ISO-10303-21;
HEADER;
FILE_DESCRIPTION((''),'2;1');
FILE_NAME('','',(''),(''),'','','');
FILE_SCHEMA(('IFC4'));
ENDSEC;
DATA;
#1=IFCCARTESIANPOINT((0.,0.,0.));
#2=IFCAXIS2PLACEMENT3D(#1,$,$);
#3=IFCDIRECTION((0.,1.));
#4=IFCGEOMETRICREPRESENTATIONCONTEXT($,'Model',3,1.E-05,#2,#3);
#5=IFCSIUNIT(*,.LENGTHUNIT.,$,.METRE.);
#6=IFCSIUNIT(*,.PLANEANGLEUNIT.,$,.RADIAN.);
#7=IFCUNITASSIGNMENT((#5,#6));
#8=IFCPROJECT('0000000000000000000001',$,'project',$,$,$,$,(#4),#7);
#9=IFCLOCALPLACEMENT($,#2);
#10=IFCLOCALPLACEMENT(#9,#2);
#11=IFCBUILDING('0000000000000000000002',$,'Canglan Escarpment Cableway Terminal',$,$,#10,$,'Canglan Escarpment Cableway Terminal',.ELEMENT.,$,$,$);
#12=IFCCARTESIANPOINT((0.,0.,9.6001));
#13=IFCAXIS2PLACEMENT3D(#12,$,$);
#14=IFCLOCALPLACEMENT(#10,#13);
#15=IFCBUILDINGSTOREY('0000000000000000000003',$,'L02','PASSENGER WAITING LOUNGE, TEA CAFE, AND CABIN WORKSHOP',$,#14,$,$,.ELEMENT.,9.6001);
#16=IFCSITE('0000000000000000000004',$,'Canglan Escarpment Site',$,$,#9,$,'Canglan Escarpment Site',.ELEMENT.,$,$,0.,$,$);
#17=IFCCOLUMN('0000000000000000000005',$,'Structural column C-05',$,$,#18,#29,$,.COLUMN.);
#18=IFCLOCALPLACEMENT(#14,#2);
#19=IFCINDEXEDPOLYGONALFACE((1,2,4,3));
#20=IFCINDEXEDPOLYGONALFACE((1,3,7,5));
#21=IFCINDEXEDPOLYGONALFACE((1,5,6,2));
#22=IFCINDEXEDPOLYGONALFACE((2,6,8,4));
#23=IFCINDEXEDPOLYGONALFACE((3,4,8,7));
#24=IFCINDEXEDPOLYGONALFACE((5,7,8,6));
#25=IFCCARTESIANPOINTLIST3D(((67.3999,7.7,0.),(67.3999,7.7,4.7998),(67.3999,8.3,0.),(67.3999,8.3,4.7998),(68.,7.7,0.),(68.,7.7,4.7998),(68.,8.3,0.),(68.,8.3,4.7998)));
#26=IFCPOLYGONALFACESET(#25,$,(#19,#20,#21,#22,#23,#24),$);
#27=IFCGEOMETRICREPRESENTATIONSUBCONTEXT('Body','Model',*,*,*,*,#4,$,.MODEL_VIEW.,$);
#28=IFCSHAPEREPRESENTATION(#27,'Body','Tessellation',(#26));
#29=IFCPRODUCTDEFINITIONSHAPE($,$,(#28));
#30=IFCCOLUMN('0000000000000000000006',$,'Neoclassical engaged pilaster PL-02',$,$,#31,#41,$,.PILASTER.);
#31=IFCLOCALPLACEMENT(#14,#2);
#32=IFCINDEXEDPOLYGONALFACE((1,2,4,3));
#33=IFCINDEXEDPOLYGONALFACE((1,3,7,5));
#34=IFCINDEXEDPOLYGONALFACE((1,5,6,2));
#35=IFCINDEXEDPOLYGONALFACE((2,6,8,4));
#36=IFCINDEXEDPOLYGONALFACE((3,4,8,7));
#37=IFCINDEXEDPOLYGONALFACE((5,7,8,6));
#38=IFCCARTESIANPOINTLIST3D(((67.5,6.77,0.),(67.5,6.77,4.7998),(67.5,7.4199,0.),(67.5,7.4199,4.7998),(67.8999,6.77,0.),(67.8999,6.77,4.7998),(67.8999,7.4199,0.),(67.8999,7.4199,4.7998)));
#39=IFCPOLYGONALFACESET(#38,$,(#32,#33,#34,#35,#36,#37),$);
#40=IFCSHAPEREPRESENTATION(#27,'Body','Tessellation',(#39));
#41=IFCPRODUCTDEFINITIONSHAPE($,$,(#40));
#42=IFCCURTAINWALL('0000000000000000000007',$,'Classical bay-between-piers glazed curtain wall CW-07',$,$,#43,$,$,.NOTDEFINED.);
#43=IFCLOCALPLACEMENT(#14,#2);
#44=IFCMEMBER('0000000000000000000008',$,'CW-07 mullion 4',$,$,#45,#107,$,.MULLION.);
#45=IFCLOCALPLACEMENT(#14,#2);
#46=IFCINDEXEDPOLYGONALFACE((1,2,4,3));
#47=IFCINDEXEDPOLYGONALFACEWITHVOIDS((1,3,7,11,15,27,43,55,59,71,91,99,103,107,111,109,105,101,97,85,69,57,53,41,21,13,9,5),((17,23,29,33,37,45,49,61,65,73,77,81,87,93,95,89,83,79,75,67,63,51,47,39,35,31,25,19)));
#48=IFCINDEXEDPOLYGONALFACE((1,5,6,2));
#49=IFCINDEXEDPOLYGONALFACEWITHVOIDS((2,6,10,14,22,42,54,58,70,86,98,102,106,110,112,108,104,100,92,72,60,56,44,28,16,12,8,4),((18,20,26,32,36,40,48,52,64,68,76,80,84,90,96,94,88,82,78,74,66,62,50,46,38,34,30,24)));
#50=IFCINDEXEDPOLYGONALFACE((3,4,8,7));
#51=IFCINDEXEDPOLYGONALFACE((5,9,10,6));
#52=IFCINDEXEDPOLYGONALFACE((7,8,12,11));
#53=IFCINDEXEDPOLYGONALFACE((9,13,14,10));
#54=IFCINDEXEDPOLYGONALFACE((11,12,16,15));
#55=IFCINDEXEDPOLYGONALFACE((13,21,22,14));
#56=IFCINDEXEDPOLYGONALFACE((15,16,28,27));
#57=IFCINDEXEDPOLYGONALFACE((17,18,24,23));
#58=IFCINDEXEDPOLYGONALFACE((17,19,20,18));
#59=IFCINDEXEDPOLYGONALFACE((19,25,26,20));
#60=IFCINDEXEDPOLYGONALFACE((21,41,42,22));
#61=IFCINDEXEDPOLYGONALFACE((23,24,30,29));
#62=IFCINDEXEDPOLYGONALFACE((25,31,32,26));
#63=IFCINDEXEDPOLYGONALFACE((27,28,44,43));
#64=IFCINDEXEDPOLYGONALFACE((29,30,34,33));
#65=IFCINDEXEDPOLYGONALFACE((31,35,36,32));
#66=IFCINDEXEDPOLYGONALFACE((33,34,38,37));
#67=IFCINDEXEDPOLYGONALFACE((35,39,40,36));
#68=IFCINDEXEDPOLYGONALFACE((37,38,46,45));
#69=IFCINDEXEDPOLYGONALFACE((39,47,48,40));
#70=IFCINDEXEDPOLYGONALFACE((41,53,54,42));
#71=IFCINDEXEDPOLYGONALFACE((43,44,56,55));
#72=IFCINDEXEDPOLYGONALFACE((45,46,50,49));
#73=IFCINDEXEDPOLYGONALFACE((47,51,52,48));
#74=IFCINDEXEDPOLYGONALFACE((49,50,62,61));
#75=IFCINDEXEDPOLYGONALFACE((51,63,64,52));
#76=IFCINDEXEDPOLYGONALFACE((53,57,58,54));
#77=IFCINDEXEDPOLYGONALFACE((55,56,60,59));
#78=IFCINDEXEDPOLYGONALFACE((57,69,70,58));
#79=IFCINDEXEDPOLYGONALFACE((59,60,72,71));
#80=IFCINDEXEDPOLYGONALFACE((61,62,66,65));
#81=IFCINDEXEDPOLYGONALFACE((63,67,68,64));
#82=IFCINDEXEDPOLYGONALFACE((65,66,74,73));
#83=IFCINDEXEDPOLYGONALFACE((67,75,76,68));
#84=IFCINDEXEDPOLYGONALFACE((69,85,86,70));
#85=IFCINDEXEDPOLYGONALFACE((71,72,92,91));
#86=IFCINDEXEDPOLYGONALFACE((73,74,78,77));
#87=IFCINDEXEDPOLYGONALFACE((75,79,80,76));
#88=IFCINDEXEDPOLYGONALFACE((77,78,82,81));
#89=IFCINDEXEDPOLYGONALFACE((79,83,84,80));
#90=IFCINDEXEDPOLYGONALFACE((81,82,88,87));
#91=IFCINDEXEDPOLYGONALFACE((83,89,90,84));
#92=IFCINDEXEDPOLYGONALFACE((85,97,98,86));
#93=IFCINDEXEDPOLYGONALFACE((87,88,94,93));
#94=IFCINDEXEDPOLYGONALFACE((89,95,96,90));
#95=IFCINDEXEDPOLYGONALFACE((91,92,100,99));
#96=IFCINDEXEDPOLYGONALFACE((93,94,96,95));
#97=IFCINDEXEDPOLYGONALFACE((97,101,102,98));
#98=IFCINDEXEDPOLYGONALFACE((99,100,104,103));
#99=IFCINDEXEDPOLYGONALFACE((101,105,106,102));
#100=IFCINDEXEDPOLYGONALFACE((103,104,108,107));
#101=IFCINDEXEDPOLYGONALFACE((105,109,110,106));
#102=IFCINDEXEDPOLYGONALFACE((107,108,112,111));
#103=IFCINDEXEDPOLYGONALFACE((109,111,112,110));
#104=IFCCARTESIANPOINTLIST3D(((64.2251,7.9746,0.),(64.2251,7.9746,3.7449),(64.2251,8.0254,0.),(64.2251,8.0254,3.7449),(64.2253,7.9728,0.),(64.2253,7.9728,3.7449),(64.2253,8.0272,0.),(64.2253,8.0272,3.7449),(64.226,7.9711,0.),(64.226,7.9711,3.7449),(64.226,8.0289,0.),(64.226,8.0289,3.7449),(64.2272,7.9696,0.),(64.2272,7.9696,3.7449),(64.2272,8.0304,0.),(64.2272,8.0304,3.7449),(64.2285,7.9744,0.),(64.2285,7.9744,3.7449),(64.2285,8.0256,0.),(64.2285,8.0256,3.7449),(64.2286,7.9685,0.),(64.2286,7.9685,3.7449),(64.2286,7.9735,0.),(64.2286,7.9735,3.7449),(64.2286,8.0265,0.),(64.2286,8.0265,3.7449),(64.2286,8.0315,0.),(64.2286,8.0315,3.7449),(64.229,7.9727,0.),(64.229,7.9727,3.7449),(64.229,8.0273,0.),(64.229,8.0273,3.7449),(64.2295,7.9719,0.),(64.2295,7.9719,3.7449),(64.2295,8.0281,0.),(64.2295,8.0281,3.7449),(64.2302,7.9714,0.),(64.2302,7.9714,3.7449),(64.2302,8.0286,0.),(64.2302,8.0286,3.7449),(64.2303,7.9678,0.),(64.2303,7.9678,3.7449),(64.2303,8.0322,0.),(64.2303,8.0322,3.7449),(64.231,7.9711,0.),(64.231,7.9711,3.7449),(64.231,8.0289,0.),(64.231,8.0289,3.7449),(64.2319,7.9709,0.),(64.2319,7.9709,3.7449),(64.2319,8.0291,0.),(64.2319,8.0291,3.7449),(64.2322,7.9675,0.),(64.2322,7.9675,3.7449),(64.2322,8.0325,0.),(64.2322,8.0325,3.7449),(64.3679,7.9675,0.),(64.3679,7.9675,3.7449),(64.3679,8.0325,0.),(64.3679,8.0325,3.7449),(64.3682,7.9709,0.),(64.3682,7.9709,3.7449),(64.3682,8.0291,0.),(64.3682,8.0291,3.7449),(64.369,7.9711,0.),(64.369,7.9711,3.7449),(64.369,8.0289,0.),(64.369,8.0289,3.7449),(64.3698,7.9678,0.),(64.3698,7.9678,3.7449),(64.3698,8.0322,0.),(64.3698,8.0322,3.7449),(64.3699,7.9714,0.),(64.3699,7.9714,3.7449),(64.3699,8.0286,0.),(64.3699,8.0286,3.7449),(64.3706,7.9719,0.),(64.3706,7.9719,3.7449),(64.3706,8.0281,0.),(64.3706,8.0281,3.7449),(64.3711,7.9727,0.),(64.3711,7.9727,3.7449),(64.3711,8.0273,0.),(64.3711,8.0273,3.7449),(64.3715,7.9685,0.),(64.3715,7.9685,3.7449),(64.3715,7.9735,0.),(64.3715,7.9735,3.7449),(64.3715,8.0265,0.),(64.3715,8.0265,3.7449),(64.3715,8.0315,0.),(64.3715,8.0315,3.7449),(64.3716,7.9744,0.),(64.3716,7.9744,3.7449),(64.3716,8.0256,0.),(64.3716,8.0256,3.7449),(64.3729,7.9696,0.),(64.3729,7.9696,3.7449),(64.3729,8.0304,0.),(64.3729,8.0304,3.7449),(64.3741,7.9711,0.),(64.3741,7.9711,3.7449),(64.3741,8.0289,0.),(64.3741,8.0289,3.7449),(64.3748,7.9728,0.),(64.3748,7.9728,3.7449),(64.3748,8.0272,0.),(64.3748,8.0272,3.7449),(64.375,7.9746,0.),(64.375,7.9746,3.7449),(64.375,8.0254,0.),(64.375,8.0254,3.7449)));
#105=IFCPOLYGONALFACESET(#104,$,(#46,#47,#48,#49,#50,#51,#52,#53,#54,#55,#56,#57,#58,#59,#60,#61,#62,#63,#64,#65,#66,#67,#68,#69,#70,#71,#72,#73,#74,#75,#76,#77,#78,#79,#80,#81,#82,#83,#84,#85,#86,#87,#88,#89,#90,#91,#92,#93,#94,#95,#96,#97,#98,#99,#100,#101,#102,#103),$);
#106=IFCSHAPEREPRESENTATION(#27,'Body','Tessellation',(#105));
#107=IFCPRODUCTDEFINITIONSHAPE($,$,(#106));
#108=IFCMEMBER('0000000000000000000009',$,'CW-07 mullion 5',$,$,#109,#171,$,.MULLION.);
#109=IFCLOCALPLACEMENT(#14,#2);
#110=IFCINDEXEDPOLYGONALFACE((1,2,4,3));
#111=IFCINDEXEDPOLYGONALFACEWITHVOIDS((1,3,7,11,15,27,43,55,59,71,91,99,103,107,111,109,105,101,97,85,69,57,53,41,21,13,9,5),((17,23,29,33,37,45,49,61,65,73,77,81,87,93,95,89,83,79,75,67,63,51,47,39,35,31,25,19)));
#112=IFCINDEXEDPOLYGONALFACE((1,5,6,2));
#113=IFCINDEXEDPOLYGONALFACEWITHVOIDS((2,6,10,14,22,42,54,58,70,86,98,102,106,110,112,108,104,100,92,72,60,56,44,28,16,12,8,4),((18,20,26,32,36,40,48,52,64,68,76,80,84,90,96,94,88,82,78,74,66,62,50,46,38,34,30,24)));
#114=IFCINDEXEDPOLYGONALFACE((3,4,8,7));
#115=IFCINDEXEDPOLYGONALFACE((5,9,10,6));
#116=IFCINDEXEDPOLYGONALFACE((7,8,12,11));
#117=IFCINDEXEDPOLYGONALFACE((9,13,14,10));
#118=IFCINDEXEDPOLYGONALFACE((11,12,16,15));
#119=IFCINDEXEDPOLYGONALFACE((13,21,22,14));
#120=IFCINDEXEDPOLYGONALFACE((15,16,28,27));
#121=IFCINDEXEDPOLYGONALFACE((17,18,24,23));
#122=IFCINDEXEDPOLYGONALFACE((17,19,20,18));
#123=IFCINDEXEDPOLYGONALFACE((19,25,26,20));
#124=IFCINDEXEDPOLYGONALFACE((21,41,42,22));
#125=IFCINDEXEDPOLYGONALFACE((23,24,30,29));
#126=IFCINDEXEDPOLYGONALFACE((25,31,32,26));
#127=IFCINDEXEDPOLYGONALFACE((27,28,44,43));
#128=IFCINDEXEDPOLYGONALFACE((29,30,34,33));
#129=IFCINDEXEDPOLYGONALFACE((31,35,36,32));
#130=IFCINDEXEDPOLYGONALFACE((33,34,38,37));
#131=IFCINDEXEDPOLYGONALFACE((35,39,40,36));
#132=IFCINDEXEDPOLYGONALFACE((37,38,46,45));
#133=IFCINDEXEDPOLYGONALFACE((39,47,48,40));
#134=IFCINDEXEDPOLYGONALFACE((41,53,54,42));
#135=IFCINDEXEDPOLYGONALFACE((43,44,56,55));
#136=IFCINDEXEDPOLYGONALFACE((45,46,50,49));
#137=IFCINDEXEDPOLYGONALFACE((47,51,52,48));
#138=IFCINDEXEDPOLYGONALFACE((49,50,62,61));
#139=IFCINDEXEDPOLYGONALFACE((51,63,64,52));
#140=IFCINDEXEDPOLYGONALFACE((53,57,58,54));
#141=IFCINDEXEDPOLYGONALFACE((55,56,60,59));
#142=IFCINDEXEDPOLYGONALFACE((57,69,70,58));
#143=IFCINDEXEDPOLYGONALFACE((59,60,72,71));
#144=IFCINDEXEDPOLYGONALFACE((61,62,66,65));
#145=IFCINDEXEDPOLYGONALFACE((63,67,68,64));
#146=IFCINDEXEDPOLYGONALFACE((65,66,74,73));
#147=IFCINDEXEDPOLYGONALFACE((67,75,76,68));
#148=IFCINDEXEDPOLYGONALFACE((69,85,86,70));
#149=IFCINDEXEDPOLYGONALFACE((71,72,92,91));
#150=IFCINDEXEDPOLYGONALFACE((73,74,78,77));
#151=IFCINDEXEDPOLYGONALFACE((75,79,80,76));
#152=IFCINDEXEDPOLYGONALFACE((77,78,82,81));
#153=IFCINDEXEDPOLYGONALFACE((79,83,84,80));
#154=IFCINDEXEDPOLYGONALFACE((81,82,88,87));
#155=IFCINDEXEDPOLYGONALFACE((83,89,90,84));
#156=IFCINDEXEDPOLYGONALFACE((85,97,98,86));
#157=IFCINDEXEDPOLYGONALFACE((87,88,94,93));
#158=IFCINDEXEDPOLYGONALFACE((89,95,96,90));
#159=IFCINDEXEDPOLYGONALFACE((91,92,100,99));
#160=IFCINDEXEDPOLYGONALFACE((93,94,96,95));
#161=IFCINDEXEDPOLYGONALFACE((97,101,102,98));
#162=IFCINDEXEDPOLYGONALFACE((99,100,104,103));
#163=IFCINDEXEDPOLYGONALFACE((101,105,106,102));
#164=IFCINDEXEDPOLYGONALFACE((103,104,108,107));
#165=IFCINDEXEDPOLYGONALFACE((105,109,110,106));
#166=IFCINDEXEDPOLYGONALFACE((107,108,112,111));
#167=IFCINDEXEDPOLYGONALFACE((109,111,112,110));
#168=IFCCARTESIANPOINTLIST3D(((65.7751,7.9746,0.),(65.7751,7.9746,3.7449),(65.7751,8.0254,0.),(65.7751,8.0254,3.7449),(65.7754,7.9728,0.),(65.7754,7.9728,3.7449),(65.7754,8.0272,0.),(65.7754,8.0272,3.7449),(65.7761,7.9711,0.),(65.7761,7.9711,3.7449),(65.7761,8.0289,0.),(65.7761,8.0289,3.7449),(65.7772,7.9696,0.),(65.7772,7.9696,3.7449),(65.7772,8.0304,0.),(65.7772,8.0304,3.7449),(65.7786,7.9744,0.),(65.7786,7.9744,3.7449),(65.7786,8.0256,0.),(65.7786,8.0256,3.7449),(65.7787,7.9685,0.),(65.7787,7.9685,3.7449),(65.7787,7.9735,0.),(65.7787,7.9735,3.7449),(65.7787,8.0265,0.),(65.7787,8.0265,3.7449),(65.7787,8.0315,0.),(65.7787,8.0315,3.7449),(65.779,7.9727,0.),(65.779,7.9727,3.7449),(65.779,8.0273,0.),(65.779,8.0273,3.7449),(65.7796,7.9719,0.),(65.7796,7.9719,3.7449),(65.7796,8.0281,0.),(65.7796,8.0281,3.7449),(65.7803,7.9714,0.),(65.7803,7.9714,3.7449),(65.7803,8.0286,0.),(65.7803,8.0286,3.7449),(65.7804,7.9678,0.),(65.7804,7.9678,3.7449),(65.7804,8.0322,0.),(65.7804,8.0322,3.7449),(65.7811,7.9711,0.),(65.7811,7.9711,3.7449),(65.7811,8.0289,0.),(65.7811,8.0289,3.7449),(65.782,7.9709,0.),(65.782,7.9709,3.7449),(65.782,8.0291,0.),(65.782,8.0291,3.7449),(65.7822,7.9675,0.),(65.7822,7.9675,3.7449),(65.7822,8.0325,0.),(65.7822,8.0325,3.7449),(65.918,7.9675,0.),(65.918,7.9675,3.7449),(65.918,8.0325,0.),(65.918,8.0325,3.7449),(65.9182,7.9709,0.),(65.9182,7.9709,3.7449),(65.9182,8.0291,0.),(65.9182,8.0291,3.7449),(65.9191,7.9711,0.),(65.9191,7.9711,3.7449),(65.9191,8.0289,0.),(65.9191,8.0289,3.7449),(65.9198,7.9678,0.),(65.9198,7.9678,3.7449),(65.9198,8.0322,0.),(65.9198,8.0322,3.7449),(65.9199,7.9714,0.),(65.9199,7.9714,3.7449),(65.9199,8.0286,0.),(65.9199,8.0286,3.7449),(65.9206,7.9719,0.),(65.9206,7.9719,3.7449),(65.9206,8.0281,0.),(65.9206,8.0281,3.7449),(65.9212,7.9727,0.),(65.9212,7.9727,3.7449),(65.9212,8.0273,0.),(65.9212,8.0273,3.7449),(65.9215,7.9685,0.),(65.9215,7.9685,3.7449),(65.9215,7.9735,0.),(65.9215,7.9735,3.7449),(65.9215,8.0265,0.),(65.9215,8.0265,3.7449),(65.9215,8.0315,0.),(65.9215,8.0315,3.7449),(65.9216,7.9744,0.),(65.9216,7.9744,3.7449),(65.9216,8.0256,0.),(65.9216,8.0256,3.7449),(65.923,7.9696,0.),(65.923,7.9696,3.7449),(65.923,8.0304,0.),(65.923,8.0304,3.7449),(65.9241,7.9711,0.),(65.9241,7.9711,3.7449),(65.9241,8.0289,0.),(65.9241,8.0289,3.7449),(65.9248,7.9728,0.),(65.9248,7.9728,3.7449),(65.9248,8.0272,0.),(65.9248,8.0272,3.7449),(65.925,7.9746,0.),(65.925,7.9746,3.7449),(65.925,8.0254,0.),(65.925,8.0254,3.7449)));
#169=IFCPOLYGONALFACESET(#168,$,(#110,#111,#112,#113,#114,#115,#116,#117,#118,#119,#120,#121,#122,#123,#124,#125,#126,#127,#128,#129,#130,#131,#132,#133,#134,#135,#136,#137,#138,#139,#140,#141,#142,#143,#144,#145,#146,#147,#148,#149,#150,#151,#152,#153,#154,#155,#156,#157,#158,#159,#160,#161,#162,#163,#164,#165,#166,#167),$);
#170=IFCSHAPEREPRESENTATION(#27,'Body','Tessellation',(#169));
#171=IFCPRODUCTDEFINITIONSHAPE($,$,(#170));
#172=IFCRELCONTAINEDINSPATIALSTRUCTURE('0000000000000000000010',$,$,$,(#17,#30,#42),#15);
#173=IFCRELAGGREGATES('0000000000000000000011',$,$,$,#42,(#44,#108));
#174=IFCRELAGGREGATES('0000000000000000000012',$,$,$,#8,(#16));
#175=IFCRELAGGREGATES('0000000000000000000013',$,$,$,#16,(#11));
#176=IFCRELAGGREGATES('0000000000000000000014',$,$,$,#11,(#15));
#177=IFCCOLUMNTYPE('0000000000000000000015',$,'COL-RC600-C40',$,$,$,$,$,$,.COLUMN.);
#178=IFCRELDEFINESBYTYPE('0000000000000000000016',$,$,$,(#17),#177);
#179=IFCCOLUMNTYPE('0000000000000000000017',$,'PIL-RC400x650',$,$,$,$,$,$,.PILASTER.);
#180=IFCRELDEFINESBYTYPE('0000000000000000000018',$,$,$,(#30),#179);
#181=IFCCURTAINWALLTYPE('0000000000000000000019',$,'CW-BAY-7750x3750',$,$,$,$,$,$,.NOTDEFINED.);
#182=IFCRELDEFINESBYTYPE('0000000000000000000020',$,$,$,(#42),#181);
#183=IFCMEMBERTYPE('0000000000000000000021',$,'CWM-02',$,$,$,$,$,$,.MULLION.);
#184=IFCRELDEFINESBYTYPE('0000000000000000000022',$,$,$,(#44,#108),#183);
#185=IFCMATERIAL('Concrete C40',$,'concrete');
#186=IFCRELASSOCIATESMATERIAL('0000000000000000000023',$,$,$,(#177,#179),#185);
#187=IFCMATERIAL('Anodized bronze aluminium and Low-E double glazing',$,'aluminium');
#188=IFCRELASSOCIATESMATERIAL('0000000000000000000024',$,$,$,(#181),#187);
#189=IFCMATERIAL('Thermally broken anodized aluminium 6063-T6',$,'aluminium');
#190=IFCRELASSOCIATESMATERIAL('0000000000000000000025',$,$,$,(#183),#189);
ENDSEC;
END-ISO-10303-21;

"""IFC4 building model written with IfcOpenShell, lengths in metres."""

from ifc_helpers import new_model, si_unit, direction, frame, origin, origin_2d, place, context, subcontext, project, spatial, rectangle, hollow_rectangle, extrude, material, material_profile, profile_set, type_object, element, aggregate, save


model = new_model("IFC4")

# Units and contexts
model_context = context("Model", 3, precision=1e-05, world=origin(), true_north=direction((0.0, 1.0)))
body_context = subcontext(model_context, "Body", "Model", "MODEL_VIEW")
ifc_project = project(units=[si_unit("LENGTHUNIT", "METRE"), si_unit("PLANEANGLEUNIT", "RADIAN")], contexts=[model_context])

# Site, building, storey
site_placement = place(None, origin())
site = spatial("IfcSite", under=ifc_project, at=site_placement, Name="Canglan Escarpment Site", LongName="Canglan Escarpment Site", CompositionType="ELEMENT", RefElevation=0.0)
building_placement = place(site_placement, origin())
building = spatial("IfcBuilding", under=site, at=building_placement, Name="Canglan Escarpment Cableway Terminal", LongName="Canglan Escarpment Cableway Terminal", CompositionType="ELEMENT")
storey_placement = place(building_placement, frame((0.0, 0.0, 9.6001)))
storey = spatial("IfcBuildingStorey", under=building, at=storey_placement, Name="L02", Description="PASSENGER WAITING LOUNGE, TEA CAFE, AND CABIN WORKSHOP", CompositionType="ELEMENT", Elevation=9.6001)

# Columns
ifc_material_1 = material(Name="Concrete C40", Category="concrete")
ifc_material_profile_1 = material_profile(ifc_material_1, rectangle(XDim=0.6001, YDim=0.6001, at=origin_2d()), Name="RC 600x600")
ifc_profile_set_1 = profile_set([ifc_material_profile_1], Name="Concrete C40")
column_type_1 = type_object("IfcColumnType", Name="COL-RC600-C40", PredefinedType="COLUMN", material=ifc_profile_set_1)
column_1_placement = place(storey_placement, frame((67.7, 8.0, 0.0), z_axis=(0.0, 0.0, 1.0), x_axis=(1.0, 0.0, 0.0)))
element("IfcColumn", 1, at=column_1_placement, inside=storey, type_object=column_type_1, Name="Structural column C-05", PredefinedType="COLUMN", context=body_context, shape_type="SweptSolid", body=[
    extrude(rectangle(XDim=0.6001, YDim=0.6001, at=origin_2d()), origin(), (0.0, 0.0, 1.0), 4.7998),
])
ifc_material_profile_2 = material_profile(ifc_material_1, rectangle(XDim=0.3999, YDim=0.6499, at=origin_2d()), Name="RC-PIL 400x650")
ifc_profile_set_2 = profile_set([ifc_material_profile_2], Name="Concrete C40")
column_type_2 = type_object("IfcColumnType", Name="PIL-RC400x650", PredefinedType="PILASTER", material=ifc_profile_set_2)
column_2_placement = place(storey_placement, frame((67.7, 7.095, 0.0), z_axis=(0.0, 0.0, 1.0), x_axis=(1.0, 0.0, 0.0)))
element("IfcColumn", 2, at=column_2_placement, inside=storey, type_object=column_type_2, Name="Neoclassical engaged pilaster PL-02", PredefinedType="PILASTER", context=body_context, shape_type="SweptSolid", body=[
    extrude(rectangle(XDim=0.3999, YDim=0.6499, at=origin_2d()), origin(), (0.0, 0.0, 1.0), 4.7998),
])

# Curtain wall, members
ifc_material_2 = material(Name="Anodized bronze aluminium and Low-E double glazing", Category="aluminium")
curtain_wall_type = type_object("IfcCurtainWallType", Name="CW-BAY-7750x3750", PredefinedType="NOTDEFINED", material=ifc_material_2)
curtain_wall_placement = place(storey_placement, origin())
curtain_wall = element("IfcCurtainWall", 3, at=curtain_wall_placement, inside=storey, type_object=curtain_wall_type, Name="Classical bay-between-piers glazed curtain wall CW-07", PredefinedType="NOTDEFINED")
ifc_material_3 = material(Name="Thermally broken anodized aluminium 6063-T6", Category="aluminium")
ifc_material_profile_3 = material_profile(ifc_material_3, hollow_rectangle(XDim=0.0649, YDim=0.1499, WallThickness=0.0034, InnerFilletRadius=0.0034, OuterFilletRadius=0.0071, at=origin_2d()), Name="ALU-MULL 65x150x3.5")
ifc_profile_set_3 = profile_set([ifc_material_profile_3], Name="Thermally broken anodized aluminium 6063-T6")
member_type_1 = type_object("IfcMemberType", Name="CWM-02", PredefinedType="MULLION", material=ifc_profile_set_3)
member_1_placement = place(storey_placement, frame((64.3, 8.0, 0.0), z_axis=(0.0, 0.0, 1.0), x_axis=(0.0, 1.0, 0.0)))
member_1 = element("IfcMember", 4, at=member_1_placement, type_object=member_type_1, Name="CW-07 mullion 4", PredefinedType="MULLION", context=body_context, shape_type="SweptSolid", body=[
    extrude(hollow_rectangle(XDim=0.0649, YDim=0.1499, WallThickness=0.0034, InnerFilletRadius=0.0034, OuterFilletRadius=0.0071, at=origin_2d()), origin(), (0.0, 0.0, 1.0), 3.7449),
])
member_2_placement = place(storey_placement, frame((65.8501, 8.0, 0.0), z_axis=(0.0, 0.0, 1.0), x_axis=(0.0, 1.0, 0.0)))
member_2 = element("IfcMember", 5, at=member_2_placement, type_object=member_type_1, Name="CW-07 mullion 5", PredefinedType="MULLION", context=body_context, shape_type="SweptSolid", body=[
    extrude(hollow_rectangle(XDim=0.0649, YDim=0.1499, WallThickness=0.0034, InnerFilletRadius=0.0034, OuterFilletRadius=0.0071, at=origin_2d()), origin(), (0.0, 0.0, 1.0), 3.7449),
])

aggregate(curtain_wall, [member_1, member_2])

save(model, "model.ifc")
